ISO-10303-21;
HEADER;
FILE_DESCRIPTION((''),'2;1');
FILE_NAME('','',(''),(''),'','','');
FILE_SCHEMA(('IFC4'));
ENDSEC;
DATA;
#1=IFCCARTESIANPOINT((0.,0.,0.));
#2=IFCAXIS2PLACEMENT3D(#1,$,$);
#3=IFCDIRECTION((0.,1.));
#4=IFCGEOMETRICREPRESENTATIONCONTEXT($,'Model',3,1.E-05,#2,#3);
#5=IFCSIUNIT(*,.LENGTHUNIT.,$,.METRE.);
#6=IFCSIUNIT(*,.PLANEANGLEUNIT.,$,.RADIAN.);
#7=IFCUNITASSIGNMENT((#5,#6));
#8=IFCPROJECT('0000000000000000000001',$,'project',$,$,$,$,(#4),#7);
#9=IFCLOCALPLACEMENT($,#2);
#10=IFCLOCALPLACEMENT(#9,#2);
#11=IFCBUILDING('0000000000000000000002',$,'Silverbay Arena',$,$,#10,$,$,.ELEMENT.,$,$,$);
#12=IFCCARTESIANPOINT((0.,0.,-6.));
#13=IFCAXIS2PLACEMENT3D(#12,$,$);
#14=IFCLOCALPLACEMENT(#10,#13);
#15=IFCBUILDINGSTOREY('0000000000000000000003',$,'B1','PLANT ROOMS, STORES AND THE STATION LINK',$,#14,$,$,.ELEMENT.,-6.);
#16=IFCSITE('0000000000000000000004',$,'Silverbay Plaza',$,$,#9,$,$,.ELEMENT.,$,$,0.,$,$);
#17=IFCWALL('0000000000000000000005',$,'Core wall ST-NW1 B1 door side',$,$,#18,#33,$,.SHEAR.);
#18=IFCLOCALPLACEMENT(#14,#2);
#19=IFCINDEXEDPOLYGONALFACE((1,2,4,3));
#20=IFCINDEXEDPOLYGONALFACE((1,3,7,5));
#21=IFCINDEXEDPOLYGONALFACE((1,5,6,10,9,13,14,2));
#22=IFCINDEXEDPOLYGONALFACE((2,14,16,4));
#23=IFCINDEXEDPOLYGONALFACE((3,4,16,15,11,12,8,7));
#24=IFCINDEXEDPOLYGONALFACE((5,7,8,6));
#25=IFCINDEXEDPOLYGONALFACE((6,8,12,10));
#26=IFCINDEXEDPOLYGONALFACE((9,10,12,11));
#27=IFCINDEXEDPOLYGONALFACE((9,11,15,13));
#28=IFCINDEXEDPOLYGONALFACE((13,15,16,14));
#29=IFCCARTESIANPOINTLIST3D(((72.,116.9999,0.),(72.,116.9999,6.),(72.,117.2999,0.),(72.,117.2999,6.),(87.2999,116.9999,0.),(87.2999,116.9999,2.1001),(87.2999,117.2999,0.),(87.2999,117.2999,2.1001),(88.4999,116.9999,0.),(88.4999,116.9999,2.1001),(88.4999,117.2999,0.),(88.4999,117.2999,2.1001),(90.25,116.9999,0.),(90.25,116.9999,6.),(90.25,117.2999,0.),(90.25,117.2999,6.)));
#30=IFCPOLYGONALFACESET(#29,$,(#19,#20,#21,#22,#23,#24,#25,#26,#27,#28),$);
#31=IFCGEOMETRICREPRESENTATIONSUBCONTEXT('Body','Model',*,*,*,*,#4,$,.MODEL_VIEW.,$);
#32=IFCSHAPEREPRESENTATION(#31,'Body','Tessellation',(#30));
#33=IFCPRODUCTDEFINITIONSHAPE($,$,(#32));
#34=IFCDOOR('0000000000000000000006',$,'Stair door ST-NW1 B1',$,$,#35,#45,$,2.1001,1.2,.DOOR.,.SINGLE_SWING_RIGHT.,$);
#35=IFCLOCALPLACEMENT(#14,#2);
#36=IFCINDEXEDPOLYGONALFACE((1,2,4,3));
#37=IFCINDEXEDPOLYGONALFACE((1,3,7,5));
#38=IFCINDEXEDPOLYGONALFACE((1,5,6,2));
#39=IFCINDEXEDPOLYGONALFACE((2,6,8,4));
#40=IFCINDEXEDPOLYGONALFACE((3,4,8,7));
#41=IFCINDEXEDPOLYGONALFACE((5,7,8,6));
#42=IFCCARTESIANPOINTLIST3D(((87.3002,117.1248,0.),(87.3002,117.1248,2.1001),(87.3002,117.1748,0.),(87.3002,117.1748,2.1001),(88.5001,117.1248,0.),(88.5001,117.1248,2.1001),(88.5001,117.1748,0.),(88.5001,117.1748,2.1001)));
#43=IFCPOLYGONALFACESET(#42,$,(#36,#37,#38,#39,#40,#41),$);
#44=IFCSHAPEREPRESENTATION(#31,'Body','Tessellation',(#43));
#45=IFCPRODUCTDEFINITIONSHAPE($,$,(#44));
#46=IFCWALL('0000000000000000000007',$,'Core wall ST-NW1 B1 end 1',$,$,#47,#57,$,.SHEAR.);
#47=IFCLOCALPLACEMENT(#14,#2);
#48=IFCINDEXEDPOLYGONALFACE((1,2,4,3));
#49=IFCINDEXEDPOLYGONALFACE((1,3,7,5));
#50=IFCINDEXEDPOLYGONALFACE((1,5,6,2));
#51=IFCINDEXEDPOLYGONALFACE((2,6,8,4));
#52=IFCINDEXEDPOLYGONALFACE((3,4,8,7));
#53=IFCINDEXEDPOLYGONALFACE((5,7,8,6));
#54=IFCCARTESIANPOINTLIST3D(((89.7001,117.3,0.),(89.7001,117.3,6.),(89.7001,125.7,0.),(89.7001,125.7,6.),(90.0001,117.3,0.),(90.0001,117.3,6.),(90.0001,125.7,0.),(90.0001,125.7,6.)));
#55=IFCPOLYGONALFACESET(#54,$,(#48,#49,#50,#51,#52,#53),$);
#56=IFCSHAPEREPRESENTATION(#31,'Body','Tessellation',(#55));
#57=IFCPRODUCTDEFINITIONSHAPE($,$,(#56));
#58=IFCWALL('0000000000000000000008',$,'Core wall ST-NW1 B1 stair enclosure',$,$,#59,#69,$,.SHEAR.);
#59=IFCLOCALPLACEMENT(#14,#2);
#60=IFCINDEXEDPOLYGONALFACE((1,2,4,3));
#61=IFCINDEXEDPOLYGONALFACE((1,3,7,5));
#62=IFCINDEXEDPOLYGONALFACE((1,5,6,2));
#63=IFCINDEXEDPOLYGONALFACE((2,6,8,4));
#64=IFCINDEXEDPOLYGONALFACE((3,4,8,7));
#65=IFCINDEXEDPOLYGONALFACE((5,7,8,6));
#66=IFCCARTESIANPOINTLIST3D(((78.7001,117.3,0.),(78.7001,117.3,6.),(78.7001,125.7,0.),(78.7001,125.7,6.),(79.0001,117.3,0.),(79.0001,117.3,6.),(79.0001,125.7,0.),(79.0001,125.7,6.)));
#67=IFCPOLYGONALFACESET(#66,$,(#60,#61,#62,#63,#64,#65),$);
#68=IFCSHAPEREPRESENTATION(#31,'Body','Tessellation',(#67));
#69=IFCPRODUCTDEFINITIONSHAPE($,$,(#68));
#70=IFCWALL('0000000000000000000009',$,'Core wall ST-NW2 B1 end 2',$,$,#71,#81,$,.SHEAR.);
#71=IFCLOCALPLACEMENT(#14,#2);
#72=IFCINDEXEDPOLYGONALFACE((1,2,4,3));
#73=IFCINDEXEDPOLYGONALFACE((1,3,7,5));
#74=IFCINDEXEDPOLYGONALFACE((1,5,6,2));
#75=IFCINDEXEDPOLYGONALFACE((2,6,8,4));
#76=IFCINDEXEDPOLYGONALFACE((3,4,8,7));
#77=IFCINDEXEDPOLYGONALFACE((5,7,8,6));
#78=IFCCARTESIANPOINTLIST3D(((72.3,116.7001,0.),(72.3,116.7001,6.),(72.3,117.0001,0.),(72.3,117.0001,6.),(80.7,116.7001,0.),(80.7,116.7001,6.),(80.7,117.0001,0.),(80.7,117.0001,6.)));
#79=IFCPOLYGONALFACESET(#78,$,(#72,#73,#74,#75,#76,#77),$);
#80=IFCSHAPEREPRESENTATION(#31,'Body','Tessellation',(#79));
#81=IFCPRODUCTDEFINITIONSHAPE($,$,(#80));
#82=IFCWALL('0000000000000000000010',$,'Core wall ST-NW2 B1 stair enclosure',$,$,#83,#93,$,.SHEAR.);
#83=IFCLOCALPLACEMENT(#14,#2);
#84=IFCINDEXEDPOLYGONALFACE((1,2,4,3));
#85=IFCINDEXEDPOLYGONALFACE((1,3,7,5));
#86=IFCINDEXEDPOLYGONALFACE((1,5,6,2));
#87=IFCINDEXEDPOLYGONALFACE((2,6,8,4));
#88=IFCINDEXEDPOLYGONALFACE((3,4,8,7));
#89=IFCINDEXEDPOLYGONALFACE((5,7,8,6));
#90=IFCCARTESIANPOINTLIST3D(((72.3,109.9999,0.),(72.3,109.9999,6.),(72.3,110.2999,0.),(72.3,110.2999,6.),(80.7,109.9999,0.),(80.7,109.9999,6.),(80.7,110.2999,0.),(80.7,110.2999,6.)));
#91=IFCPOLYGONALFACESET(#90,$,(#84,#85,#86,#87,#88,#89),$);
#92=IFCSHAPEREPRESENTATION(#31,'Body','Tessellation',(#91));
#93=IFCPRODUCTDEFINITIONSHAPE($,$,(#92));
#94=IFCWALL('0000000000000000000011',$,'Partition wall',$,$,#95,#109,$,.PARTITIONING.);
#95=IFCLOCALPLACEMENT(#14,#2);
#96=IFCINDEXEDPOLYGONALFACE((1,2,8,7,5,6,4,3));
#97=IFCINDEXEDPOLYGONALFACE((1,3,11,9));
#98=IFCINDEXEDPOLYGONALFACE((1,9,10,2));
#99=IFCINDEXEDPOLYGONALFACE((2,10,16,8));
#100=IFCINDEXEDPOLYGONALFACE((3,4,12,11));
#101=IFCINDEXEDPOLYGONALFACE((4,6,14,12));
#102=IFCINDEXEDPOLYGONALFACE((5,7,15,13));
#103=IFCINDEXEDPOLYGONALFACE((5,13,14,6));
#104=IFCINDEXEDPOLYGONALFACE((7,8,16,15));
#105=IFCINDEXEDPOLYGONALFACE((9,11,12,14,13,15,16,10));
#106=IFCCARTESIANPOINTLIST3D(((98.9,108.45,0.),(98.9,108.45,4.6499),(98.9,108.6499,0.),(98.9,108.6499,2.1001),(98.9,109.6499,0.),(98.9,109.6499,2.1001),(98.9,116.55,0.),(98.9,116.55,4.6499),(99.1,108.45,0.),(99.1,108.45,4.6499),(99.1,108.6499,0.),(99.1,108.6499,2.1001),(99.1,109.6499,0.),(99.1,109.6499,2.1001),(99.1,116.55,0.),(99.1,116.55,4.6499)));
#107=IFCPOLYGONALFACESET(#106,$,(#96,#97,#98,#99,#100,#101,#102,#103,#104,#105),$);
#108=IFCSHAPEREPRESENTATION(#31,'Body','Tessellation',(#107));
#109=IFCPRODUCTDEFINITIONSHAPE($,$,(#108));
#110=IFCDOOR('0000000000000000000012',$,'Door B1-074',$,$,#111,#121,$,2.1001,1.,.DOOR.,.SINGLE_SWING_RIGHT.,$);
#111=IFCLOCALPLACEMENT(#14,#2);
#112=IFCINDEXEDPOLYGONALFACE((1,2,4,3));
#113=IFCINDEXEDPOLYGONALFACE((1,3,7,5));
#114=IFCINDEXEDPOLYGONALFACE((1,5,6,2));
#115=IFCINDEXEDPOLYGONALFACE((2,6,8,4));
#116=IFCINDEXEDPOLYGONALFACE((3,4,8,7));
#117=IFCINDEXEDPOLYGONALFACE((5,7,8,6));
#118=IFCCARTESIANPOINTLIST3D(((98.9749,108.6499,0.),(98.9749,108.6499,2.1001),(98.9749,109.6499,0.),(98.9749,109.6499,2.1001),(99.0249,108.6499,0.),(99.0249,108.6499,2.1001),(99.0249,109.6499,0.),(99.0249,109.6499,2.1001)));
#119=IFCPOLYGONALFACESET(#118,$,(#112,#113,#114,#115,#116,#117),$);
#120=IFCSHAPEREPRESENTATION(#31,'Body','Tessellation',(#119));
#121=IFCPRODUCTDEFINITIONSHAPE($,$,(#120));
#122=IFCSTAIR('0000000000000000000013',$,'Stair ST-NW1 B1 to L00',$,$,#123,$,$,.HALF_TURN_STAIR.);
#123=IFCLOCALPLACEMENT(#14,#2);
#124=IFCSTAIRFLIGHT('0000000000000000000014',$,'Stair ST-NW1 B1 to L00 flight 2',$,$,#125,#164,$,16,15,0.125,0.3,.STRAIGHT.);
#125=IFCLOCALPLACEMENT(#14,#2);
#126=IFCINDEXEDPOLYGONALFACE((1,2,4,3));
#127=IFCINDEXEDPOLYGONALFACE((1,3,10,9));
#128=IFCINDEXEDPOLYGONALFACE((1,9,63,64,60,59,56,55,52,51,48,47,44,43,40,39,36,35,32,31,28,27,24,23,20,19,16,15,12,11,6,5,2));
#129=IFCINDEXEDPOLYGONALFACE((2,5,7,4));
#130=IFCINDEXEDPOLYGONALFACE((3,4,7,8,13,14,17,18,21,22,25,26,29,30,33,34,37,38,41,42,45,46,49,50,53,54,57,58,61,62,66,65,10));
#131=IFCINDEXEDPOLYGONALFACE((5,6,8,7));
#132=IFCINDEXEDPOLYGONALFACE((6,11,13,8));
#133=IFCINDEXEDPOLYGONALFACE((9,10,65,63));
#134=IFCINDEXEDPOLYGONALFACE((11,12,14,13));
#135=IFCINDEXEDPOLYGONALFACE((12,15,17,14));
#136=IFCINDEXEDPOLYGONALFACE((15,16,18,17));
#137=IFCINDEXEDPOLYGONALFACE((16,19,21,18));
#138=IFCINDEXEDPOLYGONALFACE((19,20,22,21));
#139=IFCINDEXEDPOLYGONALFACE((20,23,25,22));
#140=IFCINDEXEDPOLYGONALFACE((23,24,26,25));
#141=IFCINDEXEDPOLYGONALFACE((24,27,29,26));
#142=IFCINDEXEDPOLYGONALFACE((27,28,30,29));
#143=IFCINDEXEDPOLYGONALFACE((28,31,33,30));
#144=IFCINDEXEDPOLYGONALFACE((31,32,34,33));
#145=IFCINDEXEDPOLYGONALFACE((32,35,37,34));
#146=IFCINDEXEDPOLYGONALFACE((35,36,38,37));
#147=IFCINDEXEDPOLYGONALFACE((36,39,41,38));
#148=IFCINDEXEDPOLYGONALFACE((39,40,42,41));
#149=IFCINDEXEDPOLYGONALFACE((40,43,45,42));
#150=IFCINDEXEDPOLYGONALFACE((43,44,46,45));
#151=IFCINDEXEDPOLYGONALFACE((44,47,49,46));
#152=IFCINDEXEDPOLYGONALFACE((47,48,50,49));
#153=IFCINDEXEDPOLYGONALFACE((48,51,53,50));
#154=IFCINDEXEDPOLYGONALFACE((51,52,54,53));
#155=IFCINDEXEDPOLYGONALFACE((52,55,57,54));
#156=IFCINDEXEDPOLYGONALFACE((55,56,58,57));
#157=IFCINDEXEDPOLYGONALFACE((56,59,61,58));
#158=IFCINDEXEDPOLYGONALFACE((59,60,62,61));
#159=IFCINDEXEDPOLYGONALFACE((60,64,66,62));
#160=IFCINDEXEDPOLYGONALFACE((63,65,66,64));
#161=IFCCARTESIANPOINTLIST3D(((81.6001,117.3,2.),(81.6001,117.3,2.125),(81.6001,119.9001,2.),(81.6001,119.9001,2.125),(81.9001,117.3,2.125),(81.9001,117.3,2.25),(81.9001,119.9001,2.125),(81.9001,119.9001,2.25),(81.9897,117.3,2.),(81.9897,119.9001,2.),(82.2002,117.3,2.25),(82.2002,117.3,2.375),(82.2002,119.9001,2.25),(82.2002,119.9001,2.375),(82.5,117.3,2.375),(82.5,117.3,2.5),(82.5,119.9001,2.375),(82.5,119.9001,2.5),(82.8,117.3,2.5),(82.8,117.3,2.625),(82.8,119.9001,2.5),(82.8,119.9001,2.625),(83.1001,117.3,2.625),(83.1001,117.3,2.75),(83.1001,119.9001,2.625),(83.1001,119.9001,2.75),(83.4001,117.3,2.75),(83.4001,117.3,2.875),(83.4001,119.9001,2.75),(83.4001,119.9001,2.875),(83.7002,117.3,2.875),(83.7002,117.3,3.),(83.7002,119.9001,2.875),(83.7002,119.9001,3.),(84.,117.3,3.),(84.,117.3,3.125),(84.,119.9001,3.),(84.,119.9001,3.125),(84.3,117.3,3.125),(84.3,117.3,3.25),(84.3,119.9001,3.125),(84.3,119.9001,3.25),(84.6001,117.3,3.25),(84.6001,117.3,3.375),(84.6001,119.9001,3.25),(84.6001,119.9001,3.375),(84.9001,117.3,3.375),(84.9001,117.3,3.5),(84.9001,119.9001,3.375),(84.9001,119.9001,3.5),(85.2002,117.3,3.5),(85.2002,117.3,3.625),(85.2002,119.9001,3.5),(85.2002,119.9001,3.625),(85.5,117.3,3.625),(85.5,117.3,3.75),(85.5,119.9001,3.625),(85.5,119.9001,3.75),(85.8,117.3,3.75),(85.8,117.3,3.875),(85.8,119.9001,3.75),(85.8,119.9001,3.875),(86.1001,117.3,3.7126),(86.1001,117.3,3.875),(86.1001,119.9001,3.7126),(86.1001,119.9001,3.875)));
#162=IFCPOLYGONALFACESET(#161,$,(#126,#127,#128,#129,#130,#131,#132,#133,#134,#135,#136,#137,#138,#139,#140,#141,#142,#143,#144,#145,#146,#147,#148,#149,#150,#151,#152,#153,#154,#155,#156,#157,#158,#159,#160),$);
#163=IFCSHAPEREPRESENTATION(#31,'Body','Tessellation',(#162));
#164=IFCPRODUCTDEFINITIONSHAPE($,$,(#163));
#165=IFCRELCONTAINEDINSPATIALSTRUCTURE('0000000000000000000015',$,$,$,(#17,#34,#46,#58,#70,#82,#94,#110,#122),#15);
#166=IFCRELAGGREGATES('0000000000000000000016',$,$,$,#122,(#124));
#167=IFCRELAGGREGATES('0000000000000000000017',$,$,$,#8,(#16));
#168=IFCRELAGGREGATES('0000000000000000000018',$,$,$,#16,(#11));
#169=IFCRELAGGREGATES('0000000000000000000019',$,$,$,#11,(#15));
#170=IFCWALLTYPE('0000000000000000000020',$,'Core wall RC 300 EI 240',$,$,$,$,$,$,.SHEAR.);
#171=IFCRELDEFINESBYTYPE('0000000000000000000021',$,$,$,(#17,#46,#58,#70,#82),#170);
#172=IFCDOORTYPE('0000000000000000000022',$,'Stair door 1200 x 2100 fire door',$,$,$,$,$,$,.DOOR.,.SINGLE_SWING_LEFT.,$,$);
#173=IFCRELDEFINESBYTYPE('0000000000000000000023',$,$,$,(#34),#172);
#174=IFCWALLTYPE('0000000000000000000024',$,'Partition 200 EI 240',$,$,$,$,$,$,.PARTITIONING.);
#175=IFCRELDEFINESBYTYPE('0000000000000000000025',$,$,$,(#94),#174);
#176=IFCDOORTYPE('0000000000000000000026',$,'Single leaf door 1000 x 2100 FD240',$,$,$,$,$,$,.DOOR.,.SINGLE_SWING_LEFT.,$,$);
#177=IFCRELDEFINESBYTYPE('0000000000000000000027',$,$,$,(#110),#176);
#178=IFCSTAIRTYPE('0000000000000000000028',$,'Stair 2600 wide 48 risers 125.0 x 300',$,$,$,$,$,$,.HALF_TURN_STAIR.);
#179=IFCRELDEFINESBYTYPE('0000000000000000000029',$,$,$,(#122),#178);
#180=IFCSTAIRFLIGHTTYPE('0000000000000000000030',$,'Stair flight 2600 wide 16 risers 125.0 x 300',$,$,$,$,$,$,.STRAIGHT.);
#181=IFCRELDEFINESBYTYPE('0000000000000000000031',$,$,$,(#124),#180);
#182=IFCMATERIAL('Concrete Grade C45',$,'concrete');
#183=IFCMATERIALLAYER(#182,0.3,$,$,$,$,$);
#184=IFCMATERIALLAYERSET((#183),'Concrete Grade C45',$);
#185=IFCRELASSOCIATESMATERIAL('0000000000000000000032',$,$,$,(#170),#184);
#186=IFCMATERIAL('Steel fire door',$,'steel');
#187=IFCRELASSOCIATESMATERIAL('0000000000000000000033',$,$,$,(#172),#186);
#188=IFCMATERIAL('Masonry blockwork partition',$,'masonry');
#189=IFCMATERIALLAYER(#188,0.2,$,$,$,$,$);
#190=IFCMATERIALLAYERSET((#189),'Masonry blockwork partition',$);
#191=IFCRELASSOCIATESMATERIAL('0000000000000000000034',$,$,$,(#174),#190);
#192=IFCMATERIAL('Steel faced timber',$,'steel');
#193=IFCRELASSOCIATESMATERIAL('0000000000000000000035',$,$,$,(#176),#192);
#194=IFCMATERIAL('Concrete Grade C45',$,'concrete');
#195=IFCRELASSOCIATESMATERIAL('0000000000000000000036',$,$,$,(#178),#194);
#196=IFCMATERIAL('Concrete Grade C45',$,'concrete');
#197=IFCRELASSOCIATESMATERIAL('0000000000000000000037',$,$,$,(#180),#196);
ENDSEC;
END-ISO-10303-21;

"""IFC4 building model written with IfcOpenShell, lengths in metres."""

from ifc_helpers import new_model, si_unit, direction, frame, frame_2d, origin, place, context, subcontext, project, spatial, polyline, rectangle, outline, extrude, material, layer, layer_set, type_object, element, fill, aggregate, save


model = new_model("IFC4")

# Units and contexts
model_context = context("Model", 3, precision=1e-05, world=origin(), true_north=direction((0.0, 1.0)))
body_context = subcontext(model_context, "Body", "Model", "MODEL_VIEW")
ifc_project = project(units=[si_unit("LENGTHUNIT", "METRE"), si_unit("PLANEANGLEUNIT", "RADIAN")], contexts=[model_context])

# Site, building, storey
site_placement = place(None, origin())
site = spatial("IfcSite", under=ifc_project, at=site_placement, Name="Silverbay Plaza", CompositionType="ELEMENT", RefElevation=0.0)
building_placement = place(site_placement, origin())
building = spatial("IfcBuilding", under=site, at=building_placement, Name="Silverbay Arena", CompositionType="ELEMENT")
storey_placement = place(building_placement, frame((0.0, 0.0, -6.0)))
storey = spatial("IfcBuildingStorey", under=building, at=storey_placement, Name="B1", Description="PLANT ROOMS, STORES AND THE STATION LINK", CompositionType="ELEMENT", Elevation=-6.0)

# Wall, opening, door
ifc_material_1 = material(Name="Concrete Grade C45", Category="concrete")
ifc_layer_1 = layer(ifc_material_1, 0.3)
ifc_layer_set_1 = layer_set([ifc_layer_1], Name="Concrete Grade C45")
wall_type_1 = type_object("IfcWallType", Name="Core wall RC 300 EI 240", PredefinedType="SHEAR", material=ifc_layer_set_1)
wall_1_placement = place(storey_placement, frame((90.25, 117.1499, 0.0), z_axis=(0.0, 0.0, 1.0), x_axis=(-1.0, 0.0, 0.0)))
wall_1 = element("IfcWall", 1, at=wall_1_placement, inside=storey, type_object=wall_type_1, Name="Core wall ST-NW1 B1 door side", PredefinedType="SHEAR", context=body_context, shape_type="SweptSolid", body=[
    extrude(rectangle(XDim=18.25, YDim=0.3, at=frame_2d((9.125, 0.0))), origin(), (0.0, 0.0, 1.0), 6.0),
])
opening_1_placement = place(wall_1_placement, frame((1.75, 0.0, 0.0)))
opening_1 = element("IfcOpeningElement", 2, at=opening_1_placement, cuts=wall_1, PredefinedType="OPENING", context=body_context, shape_type="SweptSolid", body=[
    extrude(rectangle(XDim=1.2, YDim=2.1001, at=frame_2d((0.6001, 1.05))), frame((0.0, 0.1602, 0.0), z_axis=(0.0, -1.0, 0.0), x_axis=(1.0, 0.0, 0.0)), (0.0, 0.0, 1.0), 0.3201),
])
ifc_material_2 = material(Name="Steel fire door", Category="steel")
door_type_1 = type_object("IfcDoorType", Name="Stair door 1200 x 2100 fire door", OperationType="SINGLE_SWING_LEFT", PredefinedType="DOOR", material=ifc_material_2)
door_1_placement = place(opening_1_placement, frame((1.2, 0.0, 0.0), z_axis=(0.0, 0.0, 1.0), x_axis=(-1.0, 0.0, 0.0)))
door_1 = element("IfcDoor", 3, at=door_1_placement, inside=storey, type_object=door_type_1, Name="Stair door ST-NW1 B1", OperationType="SINGLE_SWING_RIGHT", OverallHeight=2.1001, OverallWidth=1.2, PredefinedType="DOOR", context=body_context, shape_type="SweptSolid", body=[
    extrude(rectangle(XDim=1.2, YDim=2.1001, at=frame_2d((0.6001, 1.05))), frame((0.0, 0.0249, 0.0), z_axis=(0.0, -1.0, 0.0), x_axis=(1.0, 0.0, 0.0)), (0.0, 0.0, 1.0), 0.05),
])
fill(opening_1, door_1)

# Walls
for number, where, z_axis, x_axis, name in (
    (4, (89.8501, 117.3, 0.0), (0.0, 0.0, 1.0), (0.0, 1.0, 0.0), "Core wall ST-NW1 B1 end 1"),
    (5, (78.8501, 117.3, 0.0), (0.0, 0.0, 1.0), (0.0, 1.0, 0.0), "Core wall ST-NW1 B1 stair enclosure"),
    (6, (80.7, 116.8501, 0.0), (0.0, 0.0, 1.0), (-1.0, 0.0, 0.0), "Core wall ST-NW2 B1 end 2"),
    (7, (80.7, 110.1499, 0.0), (0.0, 0.0, 1.0), (-1.0, 0.0, 0.0), "Core wall ST-NW2 B1 stair enclosure"),
):
    element("IfcWall", number, at=place(storey_placement, frame(where, z_axis=z_axis, x_axis=x_axis)), inside=storey, type_object=wall_type_1, Name=name, PredefinedType="SHEAR", context=body_context, shape_type="SweptSolid", body=[
        extrude(rectangle(XDim=8.3999, YDim=0.3, at=frame_2d((4.2, 0.0))), origin(), (0.0, 0.0, 1.0), 6.0),
    ])

# Wall, opening, door
ifc_material_3 = material(Name="Masonry blockwork partition", Category="masonry")
ifc_layer_2 = layer(ifc_material_3, 0.2)
ifc_layer_set_2 = layer_set([ifc_layer_2], Name="Masonry blockwork partition")
wall_type_2 = type_object("IfcWallType", Name="Partition 200 EI 240", PredefinedType="PARTITIONING", material=ifc_layer_set_2)
wall_2_placement = place(storey_placement, frame((99.0, 108.45, 0.0), z_axis=(0.0, 0.0, 1.0), x_axis=(0.0, 1.0, 0.0)))
wall_2 = element("IfcWall", 8, at=wall_2_placement, inside=storey, type_object=wall_type_2, Name="Partition wall", PredefinedType="PARTITIONING", context=body_context, shape_type="SweptSolid", body=[
    extrude(rectangle(XDim=8.1001, YDim=0.2, at=frame_2d((4.05, 0.0))), origin(), (0.0, 0.0, 1.0), 4.6499),
])
opening_2_placement = place(wall_2_placement, frame((0.2, 0.0, 0.0)))
opening_2 = element("IfcOpeningElement", 9, at=opening_2_placement, cuts=wall_2, PredefinedType="OPENING", context=body_context, shape_type="SweptSolid", body=[
    extrude(rectangle(XDim=1.0, YDim=2.1001, at=frame_2d((0.5, 1.05))), frame((0.0, 0.1099, 0.0), z_axis=(0.0, -1.0, 0.0), x_axis=(1.0, 0.0, 0.0)), (0.0, 0.0, 1.0), 0.22),
])
ifc_material_4 = material(Name="Steel faced timber", Category="steel")
door_type_2 = type_object("IfcDoorType", Name="Single leaf door 1000 x 2100 FD240", OperationType="SINGLE_SWING_LEFT", PredefinedType="DOOR", material=ifc_material_4)
door_2_placement = place(opening_2_placement, frame((1.0, 0.0, 0.0), z_axis=(0.0, 0.0, 1.0), x_axis=(-1.0, 0.0, 0.0)))
door_2 = element("IfcDoor", 10, at=door_2_placement, inside=storey, type_object=door_type_2, Name="Door B1-074", OperationType="SINGLE_SWING_RIGHT", OverallHeight=2.1001, OverallWidth=1.0, PredefinedType="DOOR", context=body_context, shape_type="SweptSolid", body=[
    extrude(rectangle(XDim=1.0, YDim=2.1001, at=frame_2d((0.5, 1.05))), frame((0.0, 0.0249, 0.0), z_axis=(0.0, -1.0, 0.0), x_axis=(1.0, 0.0, 0.0)), (0.0, 0.0, 1.0), 0.05),
])
fill(opening_2, door_2)

# Stair, stair flight
ifc_material_5 = material(Name="Concrete Grade C45", Category="concrete")
stair_type = type_object("IfcStairType", Name="Stair 2600 wide 48 risers 125.0 x 300", PredefinedType="HALF_TURN_STAIR", material=ifc_material_5)
stair_placement = place(storey_placement, origin())
stair = element("IfcStair", 11, at=stair_placement, inside=storey, type_object=stair_type, Name="Stair ST-NW1 B1 to L00", PredefinedType="HALF_TURN_STAIR")
ifc_material_6 = material(Name="Concrete Grade C45", Category="concrete")
stair_flight_type = type_object("IfcStairFlightType", Name="Stair flight 2600 wide 16 risers 125.0 x 300", PredefinedType="STRAIGHT", material=ifc_material_6)
stair_flight_placement = place(storey_placement, frame((81.6001, 118.6001, 2.0), z_axis=(0.0, 0.0, 1.0), x_axis=(1.0, 0.0, 0.0)))
stair_flight = element("IfcStairFlight", 12, at=stair_flight_placement, type_object=stair_flight_type, Name="Stair ST-NW1 B1 to L00 flight 2", NumberOfRisers=16, NumberOfTreads=15, PredefinedType="STRAIGHT", RiserHeight=0.125, TreadLength=0.3, context=body_context, shape_type="SweptSolid", body=[
    extrude(outline(polyline([(0.0, 0.0), (0.0, 0.125), (0.3, 0.125), (0.3, 0.25), (0.6001, 0.25), (0.6001, 0.375), (0.8999, 0.375), (0.8999, 0.5), (1.2, 0.5), (1.2, 0.625), (1.5, 0.625), (1.5, 0.75), (1.8, 0.75), (1.8, 0.875), (2.1001, 0.875), (2.1001, 1.0), (2.3999, 1.0), (2.3999, 1.125), (2.7, 1.125), (2.7, 1.25), (3.0, 1.25), (3.0, 1.375), (3.3, 1.375), (3.3, 1.5), (3.6001, 1.5), (3.6001, 1.625), (3.8999, 1.625), (3.8999, 1.75), (4.2, 1.75), (4.2, 1.875), (4.5, 1.875), (4.5, 1.7126), (0.3896, 0.0), (0.0, 0.0)])), frame((0.0, 1.3, 0.0), z_axis=(0.0, -1.0, 0.0), x_axis=(1.0, 0.0, 0.0)), (0.0, 0.0, 1.0), 2.6001),
])
aggregate(stair, [stair_flight])

save(model, "model.ifc")
